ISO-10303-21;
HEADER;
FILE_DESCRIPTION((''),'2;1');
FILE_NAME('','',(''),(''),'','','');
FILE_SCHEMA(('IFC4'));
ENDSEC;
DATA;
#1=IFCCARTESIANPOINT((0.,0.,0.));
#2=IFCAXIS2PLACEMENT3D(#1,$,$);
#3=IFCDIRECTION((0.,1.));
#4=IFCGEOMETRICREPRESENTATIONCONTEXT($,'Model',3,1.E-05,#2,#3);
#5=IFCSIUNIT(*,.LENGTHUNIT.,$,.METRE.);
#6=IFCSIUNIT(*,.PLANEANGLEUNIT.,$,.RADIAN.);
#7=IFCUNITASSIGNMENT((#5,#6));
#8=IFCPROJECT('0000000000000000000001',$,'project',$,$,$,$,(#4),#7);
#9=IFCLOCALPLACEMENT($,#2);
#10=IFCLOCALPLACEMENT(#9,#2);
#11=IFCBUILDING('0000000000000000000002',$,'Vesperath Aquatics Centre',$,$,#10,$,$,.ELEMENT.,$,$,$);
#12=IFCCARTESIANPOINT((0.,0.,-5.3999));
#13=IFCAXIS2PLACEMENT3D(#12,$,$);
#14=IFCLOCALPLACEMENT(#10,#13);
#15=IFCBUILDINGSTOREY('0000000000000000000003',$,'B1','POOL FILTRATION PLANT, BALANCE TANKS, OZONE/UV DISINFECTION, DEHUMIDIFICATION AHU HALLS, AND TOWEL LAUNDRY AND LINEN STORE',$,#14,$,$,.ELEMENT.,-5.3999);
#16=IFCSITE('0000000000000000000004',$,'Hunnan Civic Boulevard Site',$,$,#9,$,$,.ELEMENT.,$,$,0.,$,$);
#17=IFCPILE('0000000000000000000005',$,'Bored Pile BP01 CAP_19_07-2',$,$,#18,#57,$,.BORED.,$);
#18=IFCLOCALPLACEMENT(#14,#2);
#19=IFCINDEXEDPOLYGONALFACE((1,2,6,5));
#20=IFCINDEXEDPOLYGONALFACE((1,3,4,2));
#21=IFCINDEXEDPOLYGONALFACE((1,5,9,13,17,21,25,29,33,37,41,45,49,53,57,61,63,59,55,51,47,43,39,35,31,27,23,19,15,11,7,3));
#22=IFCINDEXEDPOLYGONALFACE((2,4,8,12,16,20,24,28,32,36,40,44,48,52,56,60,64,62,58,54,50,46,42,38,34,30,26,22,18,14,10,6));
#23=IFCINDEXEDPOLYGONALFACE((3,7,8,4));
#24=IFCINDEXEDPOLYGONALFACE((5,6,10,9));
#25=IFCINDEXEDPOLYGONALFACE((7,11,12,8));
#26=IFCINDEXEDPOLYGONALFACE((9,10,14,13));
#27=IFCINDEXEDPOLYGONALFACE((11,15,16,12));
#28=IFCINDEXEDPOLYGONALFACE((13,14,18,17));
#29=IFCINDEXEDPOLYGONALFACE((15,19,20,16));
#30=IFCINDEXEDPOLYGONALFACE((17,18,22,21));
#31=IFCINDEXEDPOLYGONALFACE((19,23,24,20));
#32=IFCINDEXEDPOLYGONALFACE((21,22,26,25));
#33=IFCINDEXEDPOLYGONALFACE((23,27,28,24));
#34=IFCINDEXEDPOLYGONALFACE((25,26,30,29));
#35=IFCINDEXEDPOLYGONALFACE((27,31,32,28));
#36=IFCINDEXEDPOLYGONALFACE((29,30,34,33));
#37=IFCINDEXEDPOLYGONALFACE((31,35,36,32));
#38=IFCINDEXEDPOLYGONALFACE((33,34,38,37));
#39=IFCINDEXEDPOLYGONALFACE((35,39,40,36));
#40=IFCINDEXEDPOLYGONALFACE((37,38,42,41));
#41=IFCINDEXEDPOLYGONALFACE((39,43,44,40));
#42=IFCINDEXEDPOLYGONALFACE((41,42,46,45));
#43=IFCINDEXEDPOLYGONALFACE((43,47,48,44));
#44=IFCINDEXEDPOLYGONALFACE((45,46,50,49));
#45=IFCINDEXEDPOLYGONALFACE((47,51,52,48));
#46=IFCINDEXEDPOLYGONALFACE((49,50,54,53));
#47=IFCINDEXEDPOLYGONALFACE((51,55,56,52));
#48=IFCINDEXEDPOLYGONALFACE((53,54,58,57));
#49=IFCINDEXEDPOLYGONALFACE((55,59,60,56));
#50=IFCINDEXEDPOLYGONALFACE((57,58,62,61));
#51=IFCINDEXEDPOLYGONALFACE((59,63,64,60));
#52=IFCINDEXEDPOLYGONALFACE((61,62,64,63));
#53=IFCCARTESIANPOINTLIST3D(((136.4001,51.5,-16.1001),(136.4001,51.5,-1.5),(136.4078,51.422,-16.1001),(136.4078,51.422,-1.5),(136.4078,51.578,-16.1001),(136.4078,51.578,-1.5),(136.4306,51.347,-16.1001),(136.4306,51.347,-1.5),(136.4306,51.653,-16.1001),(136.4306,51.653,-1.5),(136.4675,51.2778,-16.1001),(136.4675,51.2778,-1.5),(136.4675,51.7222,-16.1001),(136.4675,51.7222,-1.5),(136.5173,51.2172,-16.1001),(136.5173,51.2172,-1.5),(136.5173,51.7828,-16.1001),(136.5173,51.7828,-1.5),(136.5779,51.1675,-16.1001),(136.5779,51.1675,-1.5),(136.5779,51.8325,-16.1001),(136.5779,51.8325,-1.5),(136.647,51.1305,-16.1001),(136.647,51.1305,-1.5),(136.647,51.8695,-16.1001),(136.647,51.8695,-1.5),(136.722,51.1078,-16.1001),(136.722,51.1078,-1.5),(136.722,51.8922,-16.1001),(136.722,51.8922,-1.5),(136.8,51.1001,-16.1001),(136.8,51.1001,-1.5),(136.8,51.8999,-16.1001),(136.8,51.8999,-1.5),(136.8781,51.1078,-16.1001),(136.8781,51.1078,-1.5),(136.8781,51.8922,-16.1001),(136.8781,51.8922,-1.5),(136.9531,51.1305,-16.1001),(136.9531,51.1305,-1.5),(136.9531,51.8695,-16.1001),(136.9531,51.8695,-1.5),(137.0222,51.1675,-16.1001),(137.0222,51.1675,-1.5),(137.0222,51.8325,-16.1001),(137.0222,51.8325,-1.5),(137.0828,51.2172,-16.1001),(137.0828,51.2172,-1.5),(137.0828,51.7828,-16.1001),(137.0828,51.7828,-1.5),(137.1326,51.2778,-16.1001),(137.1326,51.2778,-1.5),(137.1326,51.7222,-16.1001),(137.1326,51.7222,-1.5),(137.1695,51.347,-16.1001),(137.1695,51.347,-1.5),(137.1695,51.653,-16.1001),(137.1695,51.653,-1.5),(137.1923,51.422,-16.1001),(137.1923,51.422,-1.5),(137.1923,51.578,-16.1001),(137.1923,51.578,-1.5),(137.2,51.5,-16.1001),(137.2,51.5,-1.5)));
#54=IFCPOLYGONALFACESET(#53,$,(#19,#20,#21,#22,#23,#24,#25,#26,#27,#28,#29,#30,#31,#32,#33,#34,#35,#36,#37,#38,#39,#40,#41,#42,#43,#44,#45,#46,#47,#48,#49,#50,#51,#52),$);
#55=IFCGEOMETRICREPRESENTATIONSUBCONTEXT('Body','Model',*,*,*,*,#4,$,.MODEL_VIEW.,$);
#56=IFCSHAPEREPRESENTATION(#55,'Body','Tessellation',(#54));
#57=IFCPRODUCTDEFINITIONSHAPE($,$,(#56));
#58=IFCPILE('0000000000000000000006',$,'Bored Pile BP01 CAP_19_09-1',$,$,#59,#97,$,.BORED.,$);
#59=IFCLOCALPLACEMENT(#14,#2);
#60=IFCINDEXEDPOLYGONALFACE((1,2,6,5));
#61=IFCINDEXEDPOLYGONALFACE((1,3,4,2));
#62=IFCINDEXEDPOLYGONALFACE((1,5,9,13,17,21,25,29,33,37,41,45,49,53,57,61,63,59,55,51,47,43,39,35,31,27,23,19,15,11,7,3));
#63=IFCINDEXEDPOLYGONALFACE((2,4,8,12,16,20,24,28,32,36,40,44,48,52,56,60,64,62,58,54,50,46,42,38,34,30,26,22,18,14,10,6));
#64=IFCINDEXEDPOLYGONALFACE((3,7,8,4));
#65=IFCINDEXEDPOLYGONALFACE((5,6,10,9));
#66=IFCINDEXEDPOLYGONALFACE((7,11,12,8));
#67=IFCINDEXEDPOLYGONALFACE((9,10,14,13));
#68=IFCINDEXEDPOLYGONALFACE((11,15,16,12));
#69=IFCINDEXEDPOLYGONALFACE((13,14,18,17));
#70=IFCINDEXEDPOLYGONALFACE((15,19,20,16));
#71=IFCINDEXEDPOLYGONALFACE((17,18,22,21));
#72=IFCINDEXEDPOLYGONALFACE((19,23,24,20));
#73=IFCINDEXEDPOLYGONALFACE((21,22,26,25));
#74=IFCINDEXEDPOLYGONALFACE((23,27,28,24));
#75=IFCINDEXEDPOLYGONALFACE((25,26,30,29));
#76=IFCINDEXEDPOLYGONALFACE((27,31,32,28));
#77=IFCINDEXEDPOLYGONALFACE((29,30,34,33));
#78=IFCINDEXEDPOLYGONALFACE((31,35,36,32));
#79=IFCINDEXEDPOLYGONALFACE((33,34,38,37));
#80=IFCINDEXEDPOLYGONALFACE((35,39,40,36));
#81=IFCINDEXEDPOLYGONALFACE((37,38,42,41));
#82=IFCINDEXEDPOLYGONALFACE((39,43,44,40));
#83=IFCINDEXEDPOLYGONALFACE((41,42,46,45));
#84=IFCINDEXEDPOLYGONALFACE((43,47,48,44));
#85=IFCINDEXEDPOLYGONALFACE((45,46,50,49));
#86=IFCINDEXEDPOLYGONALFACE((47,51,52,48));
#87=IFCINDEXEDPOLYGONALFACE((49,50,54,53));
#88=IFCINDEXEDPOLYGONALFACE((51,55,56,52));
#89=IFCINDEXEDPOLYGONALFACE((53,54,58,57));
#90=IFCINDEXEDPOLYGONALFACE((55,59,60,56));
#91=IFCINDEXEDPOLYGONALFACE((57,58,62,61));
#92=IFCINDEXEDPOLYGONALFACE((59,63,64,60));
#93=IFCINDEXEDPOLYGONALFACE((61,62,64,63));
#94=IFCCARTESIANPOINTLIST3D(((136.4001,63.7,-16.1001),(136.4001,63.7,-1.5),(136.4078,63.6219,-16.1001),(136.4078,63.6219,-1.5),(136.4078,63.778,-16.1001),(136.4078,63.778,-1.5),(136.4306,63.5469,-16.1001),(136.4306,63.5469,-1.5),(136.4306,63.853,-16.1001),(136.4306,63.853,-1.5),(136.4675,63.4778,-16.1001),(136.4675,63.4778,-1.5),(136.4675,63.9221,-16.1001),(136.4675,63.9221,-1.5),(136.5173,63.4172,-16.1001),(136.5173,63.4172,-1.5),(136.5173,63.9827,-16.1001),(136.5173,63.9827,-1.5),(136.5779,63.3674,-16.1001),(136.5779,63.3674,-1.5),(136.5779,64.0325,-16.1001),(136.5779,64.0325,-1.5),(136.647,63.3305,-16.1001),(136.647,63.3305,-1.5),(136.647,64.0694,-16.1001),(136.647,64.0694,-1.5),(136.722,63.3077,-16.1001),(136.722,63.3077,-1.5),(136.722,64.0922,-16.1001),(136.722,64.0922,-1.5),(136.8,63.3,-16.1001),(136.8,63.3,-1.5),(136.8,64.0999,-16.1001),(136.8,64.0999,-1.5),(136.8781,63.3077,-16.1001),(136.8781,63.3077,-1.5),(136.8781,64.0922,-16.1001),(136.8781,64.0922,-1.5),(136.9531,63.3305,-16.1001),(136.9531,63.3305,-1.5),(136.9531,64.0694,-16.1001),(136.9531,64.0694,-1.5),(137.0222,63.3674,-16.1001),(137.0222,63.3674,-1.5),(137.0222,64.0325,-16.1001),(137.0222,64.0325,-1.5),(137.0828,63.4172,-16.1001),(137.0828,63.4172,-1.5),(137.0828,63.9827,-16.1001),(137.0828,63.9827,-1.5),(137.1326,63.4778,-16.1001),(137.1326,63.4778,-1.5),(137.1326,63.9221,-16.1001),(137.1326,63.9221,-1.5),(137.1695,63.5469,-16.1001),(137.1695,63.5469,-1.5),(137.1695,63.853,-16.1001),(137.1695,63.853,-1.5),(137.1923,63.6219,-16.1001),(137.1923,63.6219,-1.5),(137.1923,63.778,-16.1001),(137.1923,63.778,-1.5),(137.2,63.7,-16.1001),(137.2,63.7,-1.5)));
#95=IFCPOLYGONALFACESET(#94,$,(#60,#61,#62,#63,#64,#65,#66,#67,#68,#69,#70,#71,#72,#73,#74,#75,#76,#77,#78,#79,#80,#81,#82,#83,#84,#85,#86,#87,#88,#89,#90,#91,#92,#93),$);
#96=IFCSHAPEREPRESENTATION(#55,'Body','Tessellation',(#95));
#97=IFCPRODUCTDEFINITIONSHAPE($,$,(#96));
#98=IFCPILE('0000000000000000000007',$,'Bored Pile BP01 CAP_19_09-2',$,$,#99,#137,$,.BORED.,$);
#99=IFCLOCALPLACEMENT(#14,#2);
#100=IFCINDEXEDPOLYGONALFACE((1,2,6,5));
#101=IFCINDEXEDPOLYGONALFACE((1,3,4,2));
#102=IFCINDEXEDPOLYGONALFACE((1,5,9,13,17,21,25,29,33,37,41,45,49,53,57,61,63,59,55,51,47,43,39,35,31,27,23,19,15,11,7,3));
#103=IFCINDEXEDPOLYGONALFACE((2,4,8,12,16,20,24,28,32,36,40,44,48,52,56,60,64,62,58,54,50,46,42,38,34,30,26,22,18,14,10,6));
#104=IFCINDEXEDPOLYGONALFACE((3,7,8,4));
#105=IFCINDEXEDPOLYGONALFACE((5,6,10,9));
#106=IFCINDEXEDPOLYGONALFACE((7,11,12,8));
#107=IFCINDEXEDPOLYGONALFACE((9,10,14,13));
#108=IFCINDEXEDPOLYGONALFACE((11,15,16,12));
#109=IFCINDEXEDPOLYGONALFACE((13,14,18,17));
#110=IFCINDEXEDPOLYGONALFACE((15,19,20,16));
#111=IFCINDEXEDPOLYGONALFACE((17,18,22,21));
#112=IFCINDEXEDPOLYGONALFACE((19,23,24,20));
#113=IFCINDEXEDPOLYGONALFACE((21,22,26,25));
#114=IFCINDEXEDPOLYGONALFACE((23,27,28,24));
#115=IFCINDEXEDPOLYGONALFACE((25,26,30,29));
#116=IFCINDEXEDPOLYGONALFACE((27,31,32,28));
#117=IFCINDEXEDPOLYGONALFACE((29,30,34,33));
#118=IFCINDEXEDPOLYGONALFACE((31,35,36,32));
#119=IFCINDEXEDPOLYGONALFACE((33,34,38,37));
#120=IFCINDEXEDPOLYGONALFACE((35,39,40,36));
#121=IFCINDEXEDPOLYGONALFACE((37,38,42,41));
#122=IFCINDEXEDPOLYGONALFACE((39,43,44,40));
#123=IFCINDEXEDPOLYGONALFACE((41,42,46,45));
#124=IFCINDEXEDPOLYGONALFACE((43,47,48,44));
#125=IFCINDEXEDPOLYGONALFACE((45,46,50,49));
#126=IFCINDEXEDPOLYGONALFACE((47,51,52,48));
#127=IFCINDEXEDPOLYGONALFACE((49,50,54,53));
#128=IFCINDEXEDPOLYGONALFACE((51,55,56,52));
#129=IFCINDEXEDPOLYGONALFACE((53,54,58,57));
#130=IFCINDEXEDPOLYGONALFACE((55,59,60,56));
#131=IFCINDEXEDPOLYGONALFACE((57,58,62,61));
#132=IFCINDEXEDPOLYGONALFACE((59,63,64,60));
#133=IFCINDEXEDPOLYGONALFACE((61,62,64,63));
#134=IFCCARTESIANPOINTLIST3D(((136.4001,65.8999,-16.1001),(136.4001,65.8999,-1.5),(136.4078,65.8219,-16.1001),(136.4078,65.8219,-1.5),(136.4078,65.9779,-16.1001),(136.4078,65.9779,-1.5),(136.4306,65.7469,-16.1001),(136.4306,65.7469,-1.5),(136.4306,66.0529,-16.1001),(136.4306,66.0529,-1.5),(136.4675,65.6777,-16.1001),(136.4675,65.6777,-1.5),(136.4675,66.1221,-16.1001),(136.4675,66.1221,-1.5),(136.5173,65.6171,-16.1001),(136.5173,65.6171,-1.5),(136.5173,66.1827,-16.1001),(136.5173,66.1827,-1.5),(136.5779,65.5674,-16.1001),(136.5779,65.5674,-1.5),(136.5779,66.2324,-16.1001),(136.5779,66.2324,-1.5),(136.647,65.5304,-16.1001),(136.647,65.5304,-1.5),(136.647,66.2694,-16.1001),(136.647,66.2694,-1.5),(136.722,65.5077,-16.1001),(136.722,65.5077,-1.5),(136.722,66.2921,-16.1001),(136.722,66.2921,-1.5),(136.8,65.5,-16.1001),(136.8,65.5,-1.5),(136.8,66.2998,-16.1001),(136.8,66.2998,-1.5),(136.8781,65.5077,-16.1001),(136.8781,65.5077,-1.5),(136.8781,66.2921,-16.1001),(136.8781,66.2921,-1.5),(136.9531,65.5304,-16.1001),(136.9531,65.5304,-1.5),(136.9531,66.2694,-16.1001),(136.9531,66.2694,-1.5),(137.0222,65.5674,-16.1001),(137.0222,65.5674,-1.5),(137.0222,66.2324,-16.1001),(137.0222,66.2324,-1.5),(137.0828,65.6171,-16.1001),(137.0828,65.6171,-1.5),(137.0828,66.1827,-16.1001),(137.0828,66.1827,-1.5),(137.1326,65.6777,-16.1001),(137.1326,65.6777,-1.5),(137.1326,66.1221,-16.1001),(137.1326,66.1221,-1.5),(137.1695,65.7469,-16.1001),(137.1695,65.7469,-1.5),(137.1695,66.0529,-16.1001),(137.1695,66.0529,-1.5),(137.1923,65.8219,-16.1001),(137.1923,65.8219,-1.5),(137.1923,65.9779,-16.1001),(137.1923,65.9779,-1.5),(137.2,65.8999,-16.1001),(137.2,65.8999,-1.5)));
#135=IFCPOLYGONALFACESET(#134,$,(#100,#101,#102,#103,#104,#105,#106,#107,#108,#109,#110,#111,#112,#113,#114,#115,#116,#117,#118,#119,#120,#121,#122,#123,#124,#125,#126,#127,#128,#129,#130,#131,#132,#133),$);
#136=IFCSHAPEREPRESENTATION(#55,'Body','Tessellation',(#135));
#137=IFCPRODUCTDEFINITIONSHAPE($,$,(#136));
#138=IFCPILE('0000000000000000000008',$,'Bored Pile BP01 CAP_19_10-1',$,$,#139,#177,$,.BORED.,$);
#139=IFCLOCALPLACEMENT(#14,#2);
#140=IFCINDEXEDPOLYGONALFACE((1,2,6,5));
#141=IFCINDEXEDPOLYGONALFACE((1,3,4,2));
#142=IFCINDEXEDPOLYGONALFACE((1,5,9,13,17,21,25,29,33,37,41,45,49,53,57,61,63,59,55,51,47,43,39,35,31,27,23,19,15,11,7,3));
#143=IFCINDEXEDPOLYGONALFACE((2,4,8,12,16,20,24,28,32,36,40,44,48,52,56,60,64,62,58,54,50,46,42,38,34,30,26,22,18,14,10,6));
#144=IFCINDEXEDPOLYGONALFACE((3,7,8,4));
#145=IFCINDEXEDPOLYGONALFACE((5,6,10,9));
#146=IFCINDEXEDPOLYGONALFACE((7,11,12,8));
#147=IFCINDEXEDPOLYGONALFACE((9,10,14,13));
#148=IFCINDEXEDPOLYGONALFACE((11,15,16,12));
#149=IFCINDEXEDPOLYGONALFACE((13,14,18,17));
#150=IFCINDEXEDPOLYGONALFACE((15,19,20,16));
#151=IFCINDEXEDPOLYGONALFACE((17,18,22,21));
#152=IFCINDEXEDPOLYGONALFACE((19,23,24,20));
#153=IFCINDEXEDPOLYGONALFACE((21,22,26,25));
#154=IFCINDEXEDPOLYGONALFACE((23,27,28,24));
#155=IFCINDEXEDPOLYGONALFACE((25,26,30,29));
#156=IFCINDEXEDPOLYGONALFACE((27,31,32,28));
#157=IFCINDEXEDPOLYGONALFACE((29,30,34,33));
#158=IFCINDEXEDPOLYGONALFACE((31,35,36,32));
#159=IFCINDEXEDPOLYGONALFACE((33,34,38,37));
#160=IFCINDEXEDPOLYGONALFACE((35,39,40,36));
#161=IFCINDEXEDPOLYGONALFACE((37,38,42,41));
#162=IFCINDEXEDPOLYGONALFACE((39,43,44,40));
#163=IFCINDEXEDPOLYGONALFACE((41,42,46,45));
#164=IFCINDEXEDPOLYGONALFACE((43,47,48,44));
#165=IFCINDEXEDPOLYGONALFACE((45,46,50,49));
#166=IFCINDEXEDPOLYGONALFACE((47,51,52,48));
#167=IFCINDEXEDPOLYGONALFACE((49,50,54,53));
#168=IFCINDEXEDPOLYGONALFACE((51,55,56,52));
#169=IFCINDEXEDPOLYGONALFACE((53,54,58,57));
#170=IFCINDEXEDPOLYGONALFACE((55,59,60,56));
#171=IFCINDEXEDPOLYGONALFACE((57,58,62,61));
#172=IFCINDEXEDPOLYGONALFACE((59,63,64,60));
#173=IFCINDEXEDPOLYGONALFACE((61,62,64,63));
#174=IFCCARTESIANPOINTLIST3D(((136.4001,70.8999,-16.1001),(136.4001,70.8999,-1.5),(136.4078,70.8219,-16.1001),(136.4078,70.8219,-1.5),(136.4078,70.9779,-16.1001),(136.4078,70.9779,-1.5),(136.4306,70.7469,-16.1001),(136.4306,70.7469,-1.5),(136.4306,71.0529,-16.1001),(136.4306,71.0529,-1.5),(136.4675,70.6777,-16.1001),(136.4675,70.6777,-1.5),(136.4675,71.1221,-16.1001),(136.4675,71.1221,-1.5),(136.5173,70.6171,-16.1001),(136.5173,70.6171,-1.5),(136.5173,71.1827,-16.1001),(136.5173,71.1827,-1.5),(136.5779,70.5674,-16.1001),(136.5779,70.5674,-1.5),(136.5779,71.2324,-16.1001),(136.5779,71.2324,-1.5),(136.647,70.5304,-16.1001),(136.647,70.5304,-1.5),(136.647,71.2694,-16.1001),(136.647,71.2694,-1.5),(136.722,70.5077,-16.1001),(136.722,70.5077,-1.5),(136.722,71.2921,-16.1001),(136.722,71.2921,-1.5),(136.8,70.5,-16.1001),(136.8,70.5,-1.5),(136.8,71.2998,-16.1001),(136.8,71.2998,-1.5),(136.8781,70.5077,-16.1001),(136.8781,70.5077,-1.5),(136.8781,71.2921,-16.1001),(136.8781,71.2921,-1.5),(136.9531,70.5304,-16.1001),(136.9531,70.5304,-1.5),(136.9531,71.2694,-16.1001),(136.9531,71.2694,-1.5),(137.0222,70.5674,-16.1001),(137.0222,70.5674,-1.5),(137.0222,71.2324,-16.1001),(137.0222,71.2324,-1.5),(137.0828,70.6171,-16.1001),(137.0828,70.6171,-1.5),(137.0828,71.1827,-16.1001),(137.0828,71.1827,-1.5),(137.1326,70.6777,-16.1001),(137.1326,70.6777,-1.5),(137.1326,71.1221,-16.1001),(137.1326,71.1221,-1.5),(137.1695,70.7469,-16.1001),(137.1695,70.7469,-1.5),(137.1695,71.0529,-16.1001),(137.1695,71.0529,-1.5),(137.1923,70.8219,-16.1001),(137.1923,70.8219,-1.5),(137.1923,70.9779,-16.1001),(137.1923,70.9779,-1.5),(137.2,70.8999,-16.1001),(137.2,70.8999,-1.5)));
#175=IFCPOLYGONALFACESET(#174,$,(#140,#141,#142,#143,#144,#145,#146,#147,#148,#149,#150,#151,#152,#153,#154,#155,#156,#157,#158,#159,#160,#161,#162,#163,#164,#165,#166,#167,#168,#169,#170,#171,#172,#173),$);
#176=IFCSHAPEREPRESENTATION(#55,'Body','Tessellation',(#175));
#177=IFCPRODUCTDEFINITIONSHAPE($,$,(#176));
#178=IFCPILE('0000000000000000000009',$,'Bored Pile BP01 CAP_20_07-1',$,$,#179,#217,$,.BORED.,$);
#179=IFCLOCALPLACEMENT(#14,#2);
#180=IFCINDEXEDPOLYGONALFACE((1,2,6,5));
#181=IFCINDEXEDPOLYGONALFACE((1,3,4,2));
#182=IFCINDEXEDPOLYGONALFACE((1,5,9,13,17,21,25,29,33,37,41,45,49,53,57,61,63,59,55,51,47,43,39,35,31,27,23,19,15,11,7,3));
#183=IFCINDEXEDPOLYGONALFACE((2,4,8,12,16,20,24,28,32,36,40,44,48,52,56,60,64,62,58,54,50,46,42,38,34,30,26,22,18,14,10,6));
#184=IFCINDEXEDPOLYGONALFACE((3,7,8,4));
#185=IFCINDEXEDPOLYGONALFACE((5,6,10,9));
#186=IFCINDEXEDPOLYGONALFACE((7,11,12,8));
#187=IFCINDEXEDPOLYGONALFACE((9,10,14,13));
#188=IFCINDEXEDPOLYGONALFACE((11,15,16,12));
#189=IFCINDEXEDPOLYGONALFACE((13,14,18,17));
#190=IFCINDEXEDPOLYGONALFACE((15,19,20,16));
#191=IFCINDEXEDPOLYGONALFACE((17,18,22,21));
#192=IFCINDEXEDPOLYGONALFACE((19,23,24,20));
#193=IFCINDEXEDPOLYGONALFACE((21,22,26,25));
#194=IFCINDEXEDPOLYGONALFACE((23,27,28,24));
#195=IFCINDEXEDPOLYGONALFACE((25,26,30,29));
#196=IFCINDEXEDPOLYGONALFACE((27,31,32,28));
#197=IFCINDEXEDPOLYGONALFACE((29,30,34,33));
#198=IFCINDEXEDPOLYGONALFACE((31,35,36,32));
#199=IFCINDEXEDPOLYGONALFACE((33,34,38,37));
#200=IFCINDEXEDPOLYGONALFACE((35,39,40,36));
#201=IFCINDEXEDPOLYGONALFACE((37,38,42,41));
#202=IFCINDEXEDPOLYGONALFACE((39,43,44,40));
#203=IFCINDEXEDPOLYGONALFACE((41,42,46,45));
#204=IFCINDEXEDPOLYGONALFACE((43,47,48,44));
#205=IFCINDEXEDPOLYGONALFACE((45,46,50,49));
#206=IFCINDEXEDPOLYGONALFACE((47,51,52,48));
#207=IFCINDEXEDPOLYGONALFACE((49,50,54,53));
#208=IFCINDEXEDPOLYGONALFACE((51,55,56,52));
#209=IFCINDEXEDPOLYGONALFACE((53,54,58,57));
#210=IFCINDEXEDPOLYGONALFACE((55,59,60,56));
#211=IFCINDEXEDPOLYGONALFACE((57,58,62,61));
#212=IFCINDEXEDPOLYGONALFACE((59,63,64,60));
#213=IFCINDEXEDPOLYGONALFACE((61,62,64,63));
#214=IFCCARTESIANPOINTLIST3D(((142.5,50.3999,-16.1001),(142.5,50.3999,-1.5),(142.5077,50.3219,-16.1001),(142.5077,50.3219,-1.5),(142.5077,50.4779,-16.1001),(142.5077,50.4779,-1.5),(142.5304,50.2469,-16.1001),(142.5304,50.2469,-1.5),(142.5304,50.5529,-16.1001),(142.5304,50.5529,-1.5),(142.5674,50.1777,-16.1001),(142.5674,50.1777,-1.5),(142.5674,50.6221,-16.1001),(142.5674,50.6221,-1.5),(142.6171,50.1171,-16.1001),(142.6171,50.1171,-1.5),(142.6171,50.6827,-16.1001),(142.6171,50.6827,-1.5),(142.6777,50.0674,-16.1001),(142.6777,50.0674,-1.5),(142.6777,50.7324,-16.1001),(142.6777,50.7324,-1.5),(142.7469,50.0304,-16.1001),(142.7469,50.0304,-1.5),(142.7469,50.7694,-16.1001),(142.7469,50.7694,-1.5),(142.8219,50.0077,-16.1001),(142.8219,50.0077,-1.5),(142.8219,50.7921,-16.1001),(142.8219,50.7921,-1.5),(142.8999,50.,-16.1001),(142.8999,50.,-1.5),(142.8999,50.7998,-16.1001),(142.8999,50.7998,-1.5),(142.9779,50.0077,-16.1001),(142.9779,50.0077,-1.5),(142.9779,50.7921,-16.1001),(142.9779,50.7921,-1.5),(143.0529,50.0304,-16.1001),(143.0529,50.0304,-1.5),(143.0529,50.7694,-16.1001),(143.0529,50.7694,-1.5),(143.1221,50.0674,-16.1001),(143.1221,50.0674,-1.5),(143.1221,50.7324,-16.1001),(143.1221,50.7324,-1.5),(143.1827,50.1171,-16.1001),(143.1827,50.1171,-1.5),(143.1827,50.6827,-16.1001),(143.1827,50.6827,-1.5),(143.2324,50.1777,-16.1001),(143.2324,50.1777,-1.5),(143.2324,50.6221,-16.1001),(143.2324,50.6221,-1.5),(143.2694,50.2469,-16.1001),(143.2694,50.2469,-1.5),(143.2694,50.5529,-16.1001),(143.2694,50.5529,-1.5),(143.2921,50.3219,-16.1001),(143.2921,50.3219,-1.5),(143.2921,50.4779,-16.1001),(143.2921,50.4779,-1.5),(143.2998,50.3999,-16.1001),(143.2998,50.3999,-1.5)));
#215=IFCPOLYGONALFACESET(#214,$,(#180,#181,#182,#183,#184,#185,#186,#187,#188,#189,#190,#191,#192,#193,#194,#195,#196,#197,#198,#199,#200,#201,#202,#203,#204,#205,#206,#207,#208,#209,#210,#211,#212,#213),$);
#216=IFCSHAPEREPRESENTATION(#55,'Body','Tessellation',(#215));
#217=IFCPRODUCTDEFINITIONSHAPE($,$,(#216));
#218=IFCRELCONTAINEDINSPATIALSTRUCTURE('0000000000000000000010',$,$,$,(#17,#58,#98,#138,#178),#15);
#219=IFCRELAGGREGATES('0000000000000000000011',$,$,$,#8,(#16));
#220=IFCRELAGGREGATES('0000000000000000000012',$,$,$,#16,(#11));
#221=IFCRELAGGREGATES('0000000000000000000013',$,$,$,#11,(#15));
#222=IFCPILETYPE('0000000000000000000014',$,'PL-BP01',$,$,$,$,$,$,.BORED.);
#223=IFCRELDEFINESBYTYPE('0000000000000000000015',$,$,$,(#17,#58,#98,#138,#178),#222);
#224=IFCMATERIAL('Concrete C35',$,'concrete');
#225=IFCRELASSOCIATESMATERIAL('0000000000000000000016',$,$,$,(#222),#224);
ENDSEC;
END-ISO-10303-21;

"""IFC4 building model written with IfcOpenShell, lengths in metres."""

from ifc_helpers import new_model, si_unit, direction, frame, origin, origin_2d, place, context, subcontext, project, spatial, circle, extrude, material, material_profile, profile_set, type_object, element, save


model = new_model("IFC4")

# Units and contexts
model_context = context("Model", 3, precision=1e-05, world=origin(), true_north=direction((0.0, 1.0)))
body_context = subcontext(model_context, "Body", "Model", "MODEL_VIEW")
ifc_project = project(units=[si_unit("LENGTHUNIT", "METRE"), si_unit("PLANEANGLEUNIT", "RADIAN")], contexts=[model_context])

# Site, building, storey
site_placement = place(None, origin())
site = spatial("IfcSite", under=ifc_project, at=site_placement, Name="Hunnan Civic Boulevard Site", CompositionType="ELEMENT", RefElevation=0.0)
building_placement = place(site_placement, origin())
building = spatial("IfcBuilding", under=site, at=building_placement, Name="Vesperath Aquatics Centre", CompositionType="ELEMENT")
storey_placement = place(building_placement, frame((0.0, 0.0, -5.3999)))
storey = spatial("IfcBuildingStorey", under=building, at=storey_placement, Name="B1", Description="POOL FILTRATION PLANT, BALANCE TANKS, OZONE/UV DISINFECTION, DEHUMIDIFICATION AHU HALLS, AND TOWEL LAUNDRY AND LINEN STORE", CompositionType="ELEMENT", Elevation=-5.3999)

# Piles
ifc_material_1 = material(Name="Concrete C35", Category="concrete")
ifc_material_profile_1 = material_profile(ifc_material_1, circle(Radius=0.3999, at=origin_2d()), Name="PILE D800")
ifc_profile_set_1 = profile_set([ifc_material_profile_1], Name="Concrete C35")
pile_type = type_object("IfcPileType", Name="PL-BP01", PredefinedType="BORED", material=ifc_profile_set_1)
for number, where, z_axis, x_axis, name in (
    (1, (136.8, 51.5, -1.5), (0.0, 0.0, -1.0), (1.0, 0.0, 0.0), "Bored Pile BP01 CAP_19_07-2"),
    (2, (136.8, 63.7, -1.5), (0.0, 0.0, -1.0), (1.0, 0.0, 0.0), "Bored Pile BP01 CAP_19_09-1"),
    (3, (136.8, 65.8999, -1.5), (0.0, 0.0, -1.0), (1.0, 0.0, 0.0), "Bored Pile BP01 CAP_19_09-2"),
    (4, (136.8, 70.8999, -1.5), (0.0, 0.0, -1.0), (1.0, 0.0, 0.0), "Bored Pile BP01 CAP_19_10-1"),
    (5, (142.8999, 50.3999, -1.5), (0.0, 0.0, -1.0), (1.0, 0.0, 0.0), "Bored Pile BP01 CAP_20_07-1"),
):
    element("IfcPile", number, at=place(storey_placement, frame(where, z_axis=z_axis, x_axis=x_axis)), inside=storey, type_object=pile_type, Name=name, PredefinedType="BORED", context=body_context, shape_type="SweptSolid", body=[
        extrude(circle(Radius=0.3999, at=origin_2d()), origin(), (0.0, 0.0, 1.0), 14.6001),
    ])

save(model, "model.ifc")
